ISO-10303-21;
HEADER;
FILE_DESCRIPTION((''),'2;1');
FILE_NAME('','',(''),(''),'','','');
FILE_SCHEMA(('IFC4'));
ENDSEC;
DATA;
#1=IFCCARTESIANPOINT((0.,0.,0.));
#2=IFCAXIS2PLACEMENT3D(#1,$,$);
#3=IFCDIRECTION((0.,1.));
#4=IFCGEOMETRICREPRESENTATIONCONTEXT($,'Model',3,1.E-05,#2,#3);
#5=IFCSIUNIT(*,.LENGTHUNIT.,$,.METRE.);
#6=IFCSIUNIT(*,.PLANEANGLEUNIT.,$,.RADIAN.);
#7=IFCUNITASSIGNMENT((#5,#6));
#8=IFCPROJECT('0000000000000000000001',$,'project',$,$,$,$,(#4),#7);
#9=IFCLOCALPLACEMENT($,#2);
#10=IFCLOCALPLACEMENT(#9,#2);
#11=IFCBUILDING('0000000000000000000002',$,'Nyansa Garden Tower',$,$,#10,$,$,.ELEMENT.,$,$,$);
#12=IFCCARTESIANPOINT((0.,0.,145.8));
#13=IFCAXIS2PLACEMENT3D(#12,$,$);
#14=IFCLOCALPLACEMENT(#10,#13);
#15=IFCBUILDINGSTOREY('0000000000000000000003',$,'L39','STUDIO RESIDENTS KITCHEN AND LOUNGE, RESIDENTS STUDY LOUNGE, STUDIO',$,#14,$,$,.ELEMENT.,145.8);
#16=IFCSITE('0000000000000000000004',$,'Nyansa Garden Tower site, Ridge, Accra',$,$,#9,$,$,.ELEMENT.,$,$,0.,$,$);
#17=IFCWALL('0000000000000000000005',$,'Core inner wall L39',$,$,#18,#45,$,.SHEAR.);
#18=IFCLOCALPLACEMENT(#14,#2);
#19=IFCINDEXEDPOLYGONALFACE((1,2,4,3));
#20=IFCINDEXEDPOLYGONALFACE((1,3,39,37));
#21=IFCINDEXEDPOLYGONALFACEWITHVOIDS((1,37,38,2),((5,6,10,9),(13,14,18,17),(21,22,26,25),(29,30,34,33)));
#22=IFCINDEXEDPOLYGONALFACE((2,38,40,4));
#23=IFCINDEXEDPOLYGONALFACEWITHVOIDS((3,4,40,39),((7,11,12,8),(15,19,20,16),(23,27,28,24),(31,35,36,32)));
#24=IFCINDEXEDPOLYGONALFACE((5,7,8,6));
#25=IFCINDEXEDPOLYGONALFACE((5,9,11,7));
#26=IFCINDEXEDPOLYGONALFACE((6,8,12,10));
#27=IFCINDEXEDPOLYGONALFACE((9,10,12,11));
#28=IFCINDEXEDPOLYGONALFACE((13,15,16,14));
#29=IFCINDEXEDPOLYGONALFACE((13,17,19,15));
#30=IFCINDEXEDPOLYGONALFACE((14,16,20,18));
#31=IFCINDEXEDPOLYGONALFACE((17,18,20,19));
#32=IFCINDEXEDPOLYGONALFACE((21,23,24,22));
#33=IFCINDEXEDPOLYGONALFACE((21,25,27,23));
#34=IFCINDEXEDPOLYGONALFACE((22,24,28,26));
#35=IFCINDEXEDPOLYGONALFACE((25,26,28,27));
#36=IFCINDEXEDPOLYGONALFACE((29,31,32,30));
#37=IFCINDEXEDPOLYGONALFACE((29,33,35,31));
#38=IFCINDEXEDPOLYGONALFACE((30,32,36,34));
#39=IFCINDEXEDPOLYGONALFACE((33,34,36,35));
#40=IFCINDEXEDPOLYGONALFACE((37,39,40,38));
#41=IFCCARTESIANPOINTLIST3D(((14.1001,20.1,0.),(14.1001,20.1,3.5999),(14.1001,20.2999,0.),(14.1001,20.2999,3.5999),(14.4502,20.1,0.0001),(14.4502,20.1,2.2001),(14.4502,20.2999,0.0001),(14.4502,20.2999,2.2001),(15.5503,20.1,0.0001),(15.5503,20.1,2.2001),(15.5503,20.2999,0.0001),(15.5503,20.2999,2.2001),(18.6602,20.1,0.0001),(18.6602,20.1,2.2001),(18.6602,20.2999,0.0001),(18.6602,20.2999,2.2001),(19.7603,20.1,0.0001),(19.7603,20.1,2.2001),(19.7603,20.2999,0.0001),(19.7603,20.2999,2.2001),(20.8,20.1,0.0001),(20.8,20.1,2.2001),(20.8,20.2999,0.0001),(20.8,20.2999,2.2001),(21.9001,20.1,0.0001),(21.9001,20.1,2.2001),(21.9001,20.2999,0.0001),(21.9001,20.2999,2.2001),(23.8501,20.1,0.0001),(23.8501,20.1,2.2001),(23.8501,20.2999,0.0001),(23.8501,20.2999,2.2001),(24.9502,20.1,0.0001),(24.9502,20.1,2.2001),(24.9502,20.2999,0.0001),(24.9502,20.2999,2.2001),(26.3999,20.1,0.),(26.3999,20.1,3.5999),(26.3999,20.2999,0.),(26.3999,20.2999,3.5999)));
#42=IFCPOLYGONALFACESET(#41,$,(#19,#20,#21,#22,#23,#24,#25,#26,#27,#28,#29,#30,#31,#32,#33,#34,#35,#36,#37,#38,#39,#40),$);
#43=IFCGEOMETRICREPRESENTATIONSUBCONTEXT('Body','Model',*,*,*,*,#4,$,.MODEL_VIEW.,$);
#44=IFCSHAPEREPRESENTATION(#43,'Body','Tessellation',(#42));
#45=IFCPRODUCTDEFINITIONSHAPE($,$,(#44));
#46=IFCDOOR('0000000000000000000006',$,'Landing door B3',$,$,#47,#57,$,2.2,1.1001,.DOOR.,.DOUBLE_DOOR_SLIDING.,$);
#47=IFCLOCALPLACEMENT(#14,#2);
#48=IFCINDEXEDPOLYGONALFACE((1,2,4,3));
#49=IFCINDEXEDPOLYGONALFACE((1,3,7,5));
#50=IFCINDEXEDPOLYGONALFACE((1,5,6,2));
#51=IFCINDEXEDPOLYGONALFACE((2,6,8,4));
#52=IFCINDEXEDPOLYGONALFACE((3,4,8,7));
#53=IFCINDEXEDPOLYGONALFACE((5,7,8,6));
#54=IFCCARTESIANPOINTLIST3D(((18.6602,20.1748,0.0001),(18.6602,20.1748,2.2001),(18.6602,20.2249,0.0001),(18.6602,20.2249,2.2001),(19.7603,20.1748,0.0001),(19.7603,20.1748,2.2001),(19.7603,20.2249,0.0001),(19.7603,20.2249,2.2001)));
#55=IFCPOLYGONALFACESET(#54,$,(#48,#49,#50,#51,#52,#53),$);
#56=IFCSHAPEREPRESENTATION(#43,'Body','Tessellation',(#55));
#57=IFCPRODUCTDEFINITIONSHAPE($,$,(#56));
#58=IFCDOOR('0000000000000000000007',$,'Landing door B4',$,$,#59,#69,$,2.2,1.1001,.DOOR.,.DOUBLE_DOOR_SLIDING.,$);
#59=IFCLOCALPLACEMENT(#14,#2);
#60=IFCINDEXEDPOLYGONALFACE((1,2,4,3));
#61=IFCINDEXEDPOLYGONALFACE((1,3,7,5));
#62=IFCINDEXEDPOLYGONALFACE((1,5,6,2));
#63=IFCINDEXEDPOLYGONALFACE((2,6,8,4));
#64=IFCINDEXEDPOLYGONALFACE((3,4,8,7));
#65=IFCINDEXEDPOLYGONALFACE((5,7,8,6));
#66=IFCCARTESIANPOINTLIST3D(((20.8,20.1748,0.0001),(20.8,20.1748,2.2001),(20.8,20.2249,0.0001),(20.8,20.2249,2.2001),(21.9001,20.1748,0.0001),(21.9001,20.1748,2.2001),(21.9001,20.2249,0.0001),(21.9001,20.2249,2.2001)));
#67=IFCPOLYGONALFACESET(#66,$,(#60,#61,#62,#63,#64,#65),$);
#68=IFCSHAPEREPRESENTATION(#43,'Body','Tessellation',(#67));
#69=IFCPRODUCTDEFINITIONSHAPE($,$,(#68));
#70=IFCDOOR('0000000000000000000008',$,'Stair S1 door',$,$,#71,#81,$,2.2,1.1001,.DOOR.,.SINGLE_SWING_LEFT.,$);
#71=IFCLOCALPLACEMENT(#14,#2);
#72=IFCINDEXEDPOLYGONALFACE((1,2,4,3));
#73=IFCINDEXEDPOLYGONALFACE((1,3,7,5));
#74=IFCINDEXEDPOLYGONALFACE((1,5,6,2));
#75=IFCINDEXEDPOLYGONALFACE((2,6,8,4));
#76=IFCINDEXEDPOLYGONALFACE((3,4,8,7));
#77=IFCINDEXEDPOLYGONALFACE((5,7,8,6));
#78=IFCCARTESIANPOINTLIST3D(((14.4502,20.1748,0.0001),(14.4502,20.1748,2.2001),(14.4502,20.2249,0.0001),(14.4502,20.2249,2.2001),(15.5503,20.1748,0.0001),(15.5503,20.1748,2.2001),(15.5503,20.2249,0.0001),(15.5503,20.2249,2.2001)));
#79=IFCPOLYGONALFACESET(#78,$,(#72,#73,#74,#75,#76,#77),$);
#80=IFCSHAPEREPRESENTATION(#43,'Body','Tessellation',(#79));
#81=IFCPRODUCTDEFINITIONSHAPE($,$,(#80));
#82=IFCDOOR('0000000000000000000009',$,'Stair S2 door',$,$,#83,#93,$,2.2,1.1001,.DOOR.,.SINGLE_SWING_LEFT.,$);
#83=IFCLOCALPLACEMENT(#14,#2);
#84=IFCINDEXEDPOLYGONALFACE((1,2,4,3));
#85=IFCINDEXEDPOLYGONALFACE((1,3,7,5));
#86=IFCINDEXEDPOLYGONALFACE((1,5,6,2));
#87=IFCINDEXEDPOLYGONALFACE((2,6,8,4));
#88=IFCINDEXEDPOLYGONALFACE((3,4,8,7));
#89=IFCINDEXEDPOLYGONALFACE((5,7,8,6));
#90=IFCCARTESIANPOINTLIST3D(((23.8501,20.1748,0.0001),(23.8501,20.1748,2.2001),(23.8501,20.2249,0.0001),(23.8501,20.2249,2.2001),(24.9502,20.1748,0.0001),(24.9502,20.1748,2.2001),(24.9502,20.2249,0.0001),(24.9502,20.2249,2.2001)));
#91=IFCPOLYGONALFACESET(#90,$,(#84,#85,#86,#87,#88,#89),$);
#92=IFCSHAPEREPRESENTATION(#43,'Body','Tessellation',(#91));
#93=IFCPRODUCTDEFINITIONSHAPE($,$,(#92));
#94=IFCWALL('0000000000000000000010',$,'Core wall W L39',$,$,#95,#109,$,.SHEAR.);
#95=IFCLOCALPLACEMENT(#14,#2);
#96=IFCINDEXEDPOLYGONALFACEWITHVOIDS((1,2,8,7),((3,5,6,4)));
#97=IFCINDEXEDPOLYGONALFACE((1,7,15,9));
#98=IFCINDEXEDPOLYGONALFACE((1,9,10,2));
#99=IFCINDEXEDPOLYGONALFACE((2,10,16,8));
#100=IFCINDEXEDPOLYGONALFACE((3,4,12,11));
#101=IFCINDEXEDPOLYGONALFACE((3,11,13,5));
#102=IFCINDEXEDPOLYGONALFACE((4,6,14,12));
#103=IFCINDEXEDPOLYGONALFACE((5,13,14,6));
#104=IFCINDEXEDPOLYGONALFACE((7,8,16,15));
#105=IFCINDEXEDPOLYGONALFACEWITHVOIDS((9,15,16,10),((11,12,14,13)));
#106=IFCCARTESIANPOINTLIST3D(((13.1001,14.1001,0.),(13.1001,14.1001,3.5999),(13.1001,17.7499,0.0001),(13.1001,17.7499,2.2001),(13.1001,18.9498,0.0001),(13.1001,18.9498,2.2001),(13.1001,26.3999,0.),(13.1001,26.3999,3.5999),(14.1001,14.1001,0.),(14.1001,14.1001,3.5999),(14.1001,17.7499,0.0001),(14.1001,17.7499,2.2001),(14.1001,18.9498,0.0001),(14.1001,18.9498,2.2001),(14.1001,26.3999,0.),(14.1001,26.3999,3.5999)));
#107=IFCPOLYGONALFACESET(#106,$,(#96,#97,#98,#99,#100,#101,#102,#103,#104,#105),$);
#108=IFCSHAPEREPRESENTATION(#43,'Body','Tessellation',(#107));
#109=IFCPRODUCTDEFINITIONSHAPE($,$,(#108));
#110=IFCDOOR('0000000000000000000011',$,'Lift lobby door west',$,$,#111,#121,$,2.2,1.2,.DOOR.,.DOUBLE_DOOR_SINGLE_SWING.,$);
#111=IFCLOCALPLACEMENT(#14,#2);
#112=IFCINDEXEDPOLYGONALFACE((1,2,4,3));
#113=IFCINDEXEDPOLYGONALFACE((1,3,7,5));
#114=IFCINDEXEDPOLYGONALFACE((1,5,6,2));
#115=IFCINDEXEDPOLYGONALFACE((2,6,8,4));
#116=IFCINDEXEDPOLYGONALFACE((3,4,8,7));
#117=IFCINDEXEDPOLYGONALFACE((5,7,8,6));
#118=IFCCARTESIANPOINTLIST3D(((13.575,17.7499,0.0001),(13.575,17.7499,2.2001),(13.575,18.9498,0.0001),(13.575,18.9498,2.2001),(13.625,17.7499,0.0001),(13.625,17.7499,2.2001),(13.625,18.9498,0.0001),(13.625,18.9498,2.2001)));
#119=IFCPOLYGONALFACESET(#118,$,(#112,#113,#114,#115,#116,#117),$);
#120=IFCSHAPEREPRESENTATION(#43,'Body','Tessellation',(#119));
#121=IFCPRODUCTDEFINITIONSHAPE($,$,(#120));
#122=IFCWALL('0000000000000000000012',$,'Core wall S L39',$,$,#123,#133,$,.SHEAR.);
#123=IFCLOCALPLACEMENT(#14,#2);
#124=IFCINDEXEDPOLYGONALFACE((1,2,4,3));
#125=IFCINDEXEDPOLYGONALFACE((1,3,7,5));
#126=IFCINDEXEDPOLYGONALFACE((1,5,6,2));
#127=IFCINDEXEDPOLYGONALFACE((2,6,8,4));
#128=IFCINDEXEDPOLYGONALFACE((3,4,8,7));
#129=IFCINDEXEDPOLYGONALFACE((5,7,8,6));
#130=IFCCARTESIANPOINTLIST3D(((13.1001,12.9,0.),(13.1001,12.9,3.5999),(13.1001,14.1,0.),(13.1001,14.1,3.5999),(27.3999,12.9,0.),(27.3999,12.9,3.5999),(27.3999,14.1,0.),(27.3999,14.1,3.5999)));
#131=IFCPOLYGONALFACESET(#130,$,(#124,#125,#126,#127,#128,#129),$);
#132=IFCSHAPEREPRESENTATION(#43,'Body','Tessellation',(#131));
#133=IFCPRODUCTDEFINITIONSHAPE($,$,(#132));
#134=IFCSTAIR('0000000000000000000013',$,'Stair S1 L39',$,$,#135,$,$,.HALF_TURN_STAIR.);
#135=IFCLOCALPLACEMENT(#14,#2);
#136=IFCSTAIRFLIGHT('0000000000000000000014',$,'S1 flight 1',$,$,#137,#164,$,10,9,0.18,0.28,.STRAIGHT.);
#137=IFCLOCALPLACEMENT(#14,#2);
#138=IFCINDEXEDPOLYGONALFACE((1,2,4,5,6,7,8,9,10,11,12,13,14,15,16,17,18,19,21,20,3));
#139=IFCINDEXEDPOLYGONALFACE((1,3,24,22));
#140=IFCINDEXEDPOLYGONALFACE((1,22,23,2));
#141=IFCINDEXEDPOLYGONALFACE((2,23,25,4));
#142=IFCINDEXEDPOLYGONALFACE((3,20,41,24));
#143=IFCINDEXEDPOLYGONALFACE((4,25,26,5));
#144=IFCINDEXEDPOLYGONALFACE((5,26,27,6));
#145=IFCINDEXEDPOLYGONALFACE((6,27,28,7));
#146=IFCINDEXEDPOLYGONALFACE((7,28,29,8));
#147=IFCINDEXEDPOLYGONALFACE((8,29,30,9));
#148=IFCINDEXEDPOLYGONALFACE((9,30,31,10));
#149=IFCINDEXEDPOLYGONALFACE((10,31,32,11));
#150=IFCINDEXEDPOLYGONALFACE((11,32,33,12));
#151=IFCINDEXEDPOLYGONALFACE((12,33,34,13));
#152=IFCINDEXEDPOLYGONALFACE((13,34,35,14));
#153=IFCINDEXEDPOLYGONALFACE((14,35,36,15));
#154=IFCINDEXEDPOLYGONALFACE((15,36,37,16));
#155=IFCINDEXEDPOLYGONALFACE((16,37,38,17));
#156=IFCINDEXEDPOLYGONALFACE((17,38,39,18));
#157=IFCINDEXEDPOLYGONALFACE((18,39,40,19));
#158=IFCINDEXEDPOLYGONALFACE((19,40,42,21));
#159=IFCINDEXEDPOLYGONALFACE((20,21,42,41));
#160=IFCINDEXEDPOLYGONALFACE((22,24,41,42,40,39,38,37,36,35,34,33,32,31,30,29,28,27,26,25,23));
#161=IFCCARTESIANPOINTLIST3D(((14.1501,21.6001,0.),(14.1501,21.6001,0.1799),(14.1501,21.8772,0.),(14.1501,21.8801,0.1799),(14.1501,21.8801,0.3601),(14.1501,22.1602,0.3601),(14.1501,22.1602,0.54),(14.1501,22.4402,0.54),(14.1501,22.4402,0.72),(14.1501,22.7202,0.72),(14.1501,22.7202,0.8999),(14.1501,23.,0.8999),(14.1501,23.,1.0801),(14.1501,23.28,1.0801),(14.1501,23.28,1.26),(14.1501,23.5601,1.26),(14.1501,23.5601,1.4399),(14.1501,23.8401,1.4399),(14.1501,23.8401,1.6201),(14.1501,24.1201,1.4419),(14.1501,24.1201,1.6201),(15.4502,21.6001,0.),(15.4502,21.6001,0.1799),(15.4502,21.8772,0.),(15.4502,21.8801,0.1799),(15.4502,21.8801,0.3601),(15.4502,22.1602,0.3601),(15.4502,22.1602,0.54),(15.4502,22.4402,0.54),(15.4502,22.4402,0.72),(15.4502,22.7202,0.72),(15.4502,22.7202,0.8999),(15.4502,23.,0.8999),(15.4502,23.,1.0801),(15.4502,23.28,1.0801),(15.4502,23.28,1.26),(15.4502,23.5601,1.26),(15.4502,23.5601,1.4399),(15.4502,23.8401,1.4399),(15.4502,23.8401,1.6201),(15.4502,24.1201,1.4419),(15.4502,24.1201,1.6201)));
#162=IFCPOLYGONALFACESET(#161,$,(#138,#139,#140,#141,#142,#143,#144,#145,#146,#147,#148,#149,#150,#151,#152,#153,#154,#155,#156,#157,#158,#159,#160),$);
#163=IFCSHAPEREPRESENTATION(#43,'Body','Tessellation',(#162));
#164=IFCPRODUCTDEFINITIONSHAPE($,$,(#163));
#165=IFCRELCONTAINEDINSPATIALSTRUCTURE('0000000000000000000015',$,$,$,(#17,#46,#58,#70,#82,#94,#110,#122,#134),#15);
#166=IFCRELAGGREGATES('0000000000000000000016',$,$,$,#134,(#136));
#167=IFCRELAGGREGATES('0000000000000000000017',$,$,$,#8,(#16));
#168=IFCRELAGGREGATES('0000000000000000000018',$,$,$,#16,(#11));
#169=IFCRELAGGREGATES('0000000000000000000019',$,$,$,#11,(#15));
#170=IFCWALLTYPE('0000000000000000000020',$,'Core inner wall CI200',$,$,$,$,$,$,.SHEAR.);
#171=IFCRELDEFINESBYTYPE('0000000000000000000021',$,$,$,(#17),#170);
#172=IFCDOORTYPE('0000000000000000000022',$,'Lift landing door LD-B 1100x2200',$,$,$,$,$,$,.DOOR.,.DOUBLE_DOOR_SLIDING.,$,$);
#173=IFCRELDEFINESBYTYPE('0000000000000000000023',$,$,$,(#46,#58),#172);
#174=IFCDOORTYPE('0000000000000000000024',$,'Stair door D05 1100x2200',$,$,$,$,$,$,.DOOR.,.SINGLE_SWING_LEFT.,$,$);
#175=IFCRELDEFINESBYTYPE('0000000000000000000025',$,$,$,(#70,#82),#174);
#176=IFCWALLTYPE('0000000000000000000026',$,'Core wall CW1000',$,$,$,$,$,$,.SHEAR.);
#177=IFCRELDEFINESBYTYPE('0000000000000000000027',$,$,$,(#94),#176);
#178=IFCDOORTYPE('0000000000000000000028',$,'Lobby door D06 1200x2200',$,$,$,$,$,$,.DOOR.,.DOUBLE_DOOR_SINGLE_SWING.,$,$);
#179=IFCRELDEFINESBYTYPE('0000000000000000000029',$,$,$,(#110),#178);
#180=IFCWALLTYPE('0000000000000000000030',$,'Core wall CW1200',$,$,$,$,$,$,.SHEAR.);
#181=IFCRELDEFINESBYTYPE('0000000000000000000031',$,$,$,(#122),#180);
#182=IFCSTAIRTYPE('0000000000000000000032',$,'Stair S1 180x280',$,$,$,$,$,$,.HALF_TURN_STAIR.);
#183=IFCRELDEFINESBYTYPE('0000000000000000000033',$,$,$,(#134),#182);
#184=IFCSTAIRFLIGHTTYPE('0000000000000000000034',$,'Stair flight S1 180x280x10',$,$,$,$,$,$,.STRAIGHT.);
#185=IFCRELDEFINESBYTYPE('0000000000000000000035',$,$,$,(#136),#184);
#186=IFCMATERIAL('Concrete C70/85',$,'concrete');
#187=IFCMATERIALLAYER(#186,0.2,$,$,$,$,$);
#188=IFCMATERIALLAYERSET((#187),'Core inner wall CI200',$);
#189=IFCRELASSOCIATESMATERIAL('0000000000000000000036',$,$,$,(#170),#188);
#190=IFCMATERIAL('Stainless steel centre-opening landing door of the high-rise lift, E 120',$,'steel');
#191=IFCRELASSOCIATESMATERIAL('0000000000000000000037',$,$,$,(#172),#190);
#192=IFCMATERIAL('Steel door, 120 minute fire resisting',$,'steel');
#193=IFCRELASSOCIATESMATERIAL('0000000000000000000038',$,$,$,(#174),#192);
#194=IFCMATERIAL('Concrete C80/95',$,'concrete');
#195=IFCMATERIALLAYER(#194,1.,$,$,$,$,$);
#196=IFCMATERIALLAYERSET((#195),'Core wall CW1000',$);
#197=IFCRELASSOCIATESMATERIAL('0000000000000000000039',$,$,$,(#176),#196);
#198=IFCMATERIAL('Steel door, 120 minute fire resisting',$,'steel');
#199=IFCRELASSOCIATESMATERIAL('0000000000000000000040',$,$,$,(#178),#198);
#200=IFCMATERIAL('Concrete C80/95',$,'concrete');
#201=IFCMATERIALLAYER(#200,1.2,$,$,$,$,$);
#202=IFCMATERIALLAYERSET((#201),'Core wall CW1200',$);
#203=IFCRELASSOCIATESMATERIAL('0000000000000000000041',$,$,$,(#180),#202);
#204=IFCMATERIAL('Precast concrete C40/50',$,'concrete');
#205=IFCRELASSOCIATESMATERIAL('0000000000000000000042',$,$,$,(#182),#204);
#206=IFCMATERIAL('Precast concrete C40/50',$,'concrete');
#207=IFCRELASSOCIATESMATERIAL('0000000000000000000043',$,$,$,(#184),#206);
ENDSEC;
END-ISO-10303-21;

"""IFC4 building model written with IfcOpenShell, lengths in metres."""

from ifc_helpers import new_model, si_unit, direction, frame, frame_2d, origin, place, context, subcontext, project, spatial, polyline, rectangle, outline, extrude, material, layer, layer_set, type_object, element, fill, aggregate, save


model = new_model("IFC4")

# Units and contexts
model_context = context("Model", 3, precision=1e-05, world=origin(), true_north=direction((0.0, 1.0)))
body_context = subcontext(model_context, "Body", "Model", "MODEL_VIEW")
ifc_project = project(units=[si_unit("LENGTHUNIT", "METRE"), si_unit("PLANEANGLEUNIT", "RADIAN")], contexts=[model_context])

# Site, building, storey
site_placement = place(None, origin())
site = spatial("IfcSite", under=ifc_project, at=site_placement, Name="Nyansa Garden Tower site, Ridge, Accra", CompositionType="ELEMENT", RefElevation=0.0)
building_placement = place(site_placement, origin())
building = spatial("IfcBuilding", under=site, at=building_placement, Name="Nyansa Garden Tower", CompositionType="ELEMENT")
storey_placement = place(building_placement, frame((0.0, 0.0, 145.8)))
storey = spatial("IfcBuildingStorey", under=building, at=storey_placement, Name="L39", Description="STUDIO RESIDENTS KITCHEN AND LOUNGE, RESIDENTS STUDY LOUNGE, STUDIO", CompositionType="ELEMENT", Elevation=145.8)

# Wall, openings, doors
ifc_material_1 = material(Name="Concrete C70/85", Category="concrete")
ifc_layer_1 = layer(ifc_material_1, 0.2)
ifc_layer_set_1 = layer_set([ifc_layer_1], Name="Core inner wall CI200")
wall_type_1 = type_object("IfcWallType", Name="Core inner wall CI200", PredefinedType="SHEAR", material=ifc_layer_set_1)
ifc_material_2 = material(Name="Stainless steel centre-opening landing door of the high-rise lift, E 120", Category="steel")
door_type_1 = type_object("IfcDoorType", Name="Lift landing door LD-B 1100x2200", OperationType="DOUBLE_DOOR_SLIDING", PredefinedType="DOOR", material=ifc_material_2)
wall_1_placement = place(storey_placement, frame((14.1001, 20.2, 0.0), z_axis=(0.0, 0.0, 1.0), x_axis=(1.0, 0.0, 0.0)))
wall_1 = element("IfcWall", 1, at=wall_1_placement, inside=storey, type_object=wall_type_1, Name="Core inner wall L39", PredefinedType="SHEAR", context=body_context, shape_type="SweptSolid", body=[
    extrude(rectangle(XDim=12.2998, YDim=0.2, at=frame_2d((6.1499, 0.0))), origin(), (0.0, 0.0, 1.0), 3.5999),
])
opening_1_placement = place(wall_1_placement, frame((4.5601, 0.0, 0.0)))
opening_1 = element("IfcOpeningElement", 2, at=opening_1_placement, cuts=wall_1, PredefinedType="OPENING", context=body_context, shape_type="SweptSolid", body=[
    extrude(rectangle(XDim=1.1001, YDim=2.2, at=frame_2d((0.55, 1.1001))), frame((0.0, 0.1099, 0.0), z_axis=(0.0, -1.0, 0.0), x_axis=(1.0, 0.0, 0.0)), (0.0, 0.0, 1.0), 0.22),
])
opening_2_placement = place(wall_1_placement, frame((6.7, 0.0, 0.0)))
opening_2 = element("IfcOpeningElement", 3, at=opening_2_placement, cuts=wall_1, PredefinedType="OPENING", context=body_context, shape_type="SweptSolid", body=[
    extrude(rectangle(XDim=1.1001, YDim=2.2, at=frame_2d((0.55, 1.1001))), frame((0.0, 0.1099, 0.0), z_axis=(0.0, -1.0, 0.0), x_axis=(1.0, 0.0, 0.0)), (0.0, 0.0, 1.0), 0.22),
])
opening_3_placement = place(wall_1_placement, frame((0.3501, 0.0, 0.0)))
opening_3 = element("IfcOpeningElement", 4, at=opening_3_placement, cuts=wall_1, PredefinedType="OPENING", context=body_context, shape_type="SweptSolid", body=[
    extrude(rectangle(XDim=1.1001, YDim=2.2, at=frame_2d((0.55, 1.1001))), frame((0.0, 0.1099, 0.0), z_axis=(0.0, -1.0, 0.0), x_axis=(1.0, 0.0, 0.0)), (0.0, 0.0, 1.0), 0.22),
])
opening_4_placement = place(wall_1_placement, frame((9.75, 0.0, 0.0)))
opening_4 = element("IfcOpeningElement", 5, at=opening_4_placement, cuts=wall_1, PredefinedType="OPENING", context=body_context, shape_type="SweptSolid", body=[
    extrude(rectangle(XDim=1.1001, YDim=2.2, at=frame_2d((0.55, 1.1001))), frame((0.0, 0.1099, 0.0), z_axis=(0.0, -1.0, 0.0), x_axis=(1.0, 0.0, 0.0)), (0.0, 0.0, 1.0), 0.22),
])
door_1_placement = place(opening_1_placement, origin())
door_1 = element("IfcDoor", 6, at=door_1_placement, inside=storey, type_object=door_type_1, Name="Landing door B3", OperationType="DOUBLE_DOOR_SLIDING", OverallHeight=2.2, OverallWidth=1.1001, PredefinedType="DOOR", context=body_context, shape_type="SweptSolid", body=[
    extrude(rectangle(XDim=1.1001, YDim=2.2, at=frame_2d((0.55, 1.1001))), frame((0.0, 0.0249, 0.0), z_axis=(0.0, -1.0, 0.0), x_axis=(1.0, 0.0, 0.0)), (0.0, 0.0, 1.0), 0.05),
])
fill(opening_1, door_1)
door_2_placement = place(opening_2_placement, origin())
door_2 = element("IfcDoor", 7, at=door_2_placement, inside=storey, type_object=door_type_1, Name="Landing door B4", OperationType="DOUBLE_DOOR_SLIDING", OverallHeight=2.2, OverallWidth=1.1001, PredefinedType="DOOR", context=body_context, shape_type="SweptSolid", body=[
    extrude(rectangle(XDim=1.1001, YDim=2.2, at=frame_2d((0.55, 1.1001))), frame((0.0, 0.0249, 0.0), z_axis=(0.0, -1.0, 0.0), x_axis=(1.0, 0.0, 0.0)), (0.0, 0.0, 1.0), 0.05),
])
fill(opening_2, door_2)
ifc_material_3 = material(Name="Steel door, 120 minute fire resisting", Category="steel")
door_type_2 = type_object("IfcDoorType", Name="Stair door D05 1100x2200", OperationType="SINGLE_SWING_LEFT", PredefinedType="DOOR", material=ifc_material_3)
door_3_placement = place(opening_3_placement, origin())
door_3 = element("IfcDoor", 8, at=door_3_placement, inside=storey, type_object=door_type_2, Name="Stair S1 door", OperationType="SINGLE_SWING_LEFT", OverallHeight=2.2, OverallWidth=1.1001, PredefinedType="DOOR", context=body_context, shape_type="SweptSolid", body=[
    extrude(rectangle(XDim=1.1001, YDim=2.2, at=frame_2d((0.55, 1.1001))), frame((0.0, 0.0249, 0.0), z_axis=(0.0, -1.0, 0.0), x_axis=(1.0, 0.0, 0.0)), (0.0, 0.0, 1.0), 0.05),
])
fill(opening_3, door_3)
door_4_placement = place(opening_4_placement, origin())
door_4 = element("IfcDoor", 9, at=door_4_placement, inside=storey, type_object=door_type_2, Name="Stair S2 door", OperationType="SINGLE_SWING_LEFT", OverallHeight=2.2, OverallWidth=1.1001, PredefinedType="DOOR", context=body_context, shape_type="SweptSolid", body=[
    extrude(rectangle(XDim=1.1001, YDim=2.2, at=frame_2d((0.55, 1.1001))), frame((0.0, 0.0249, 0.0), z_axis=(0.0, -1.0, 0.0), x_axis=(1.0, 0.0, 0.0)), (0.0, 0.0, 1.0), 0.05),
])
fill(opening_4, door_4)

# Wall, opening, door
ifc_material_4 = material(Name="Concrete C80/95", Category="concrete")
ifc_layer_2 = layer(ifc_material_4, 1.0)
ifc_layer_set_2 = layer_set([ifc_layer_2], Name="Core wall CW1000")
wall_type_2 = type_object("IfcWallType", Name="Core wall CW1000", PredefinedType="SHEAR", material=ifc_layer_set_2)
wall_2_placement = place(storey_placement, frame((13.6001, 26.3999, 0.0), z_axis=(0.0, 0.0, 1.0), x_axis=(0.0, -1.0, 0.0)))
wall_2 = element("IfcWall", 10, at=wall_2_placement, inside=storey, type_object=wall_type_2, Name="Core wall W L39", PredefinedType="SHEAR", context=body_context, shape_type="SweptSolid", body=[
    extrude(rectangle(XDim=12.2998, YDim=1.0, at=frame_2d((6.1499, 0.0))), origin(), (0.0, 0.0, 1.0), 3.5999),
])
opening_5_placement = place(wall_2_placement, frame((7.45, 0.0, 0.0)))
opening_5 = element("IfcOpeningElement", 11, at=opening_5_placement, cuts=wall_2, PredefinedType="OPENING", context=body_context, shape_type="SweptSolid", body=[
    extrude(rectangle(XDim=1.2, YDim=2.2, at=frame_2d((0.6001, 1.1001))), frame((0.0, 0.51, 0.0), z_axis=(0.0, -1.0, 0.0), x_axis=(1.0, 0.0, 0.0)), (0.0, 0.0, 1.0), 1.02),
])
ifc_material_5 = material(Name="Steel door, 120 minute fire resisting", Category="steel")
door_type_3 = type_object("IfcDoorType", Name="Lobby door D06 1200x2200", OperationType="DOUBLE_DOOR_SINGLE_SWING", PredefinedType="DOOR", material=ifc_material_5)
door_5_placement = place(opening_5_placement, origin())
door_5 = element("IfcDoor", 12, at=door_5_placement, inside=storey, type_object=door_type_3, Name="Lift lobby door west", OperationType="DOUBLE_DOOR_SINGLE_SWING", OverallHeight=2.2, OverallWidth=1.2, PredefinedType="DOOR", context=body_context, shape_type="SweptSolid", body=[
    extrude(rectangle(XDim=1.2, YDim=2.2, at=frame_2d((0.6001, 1.1001))), frame((0.0, 0.0249, 0.0), z_axis=(0.0, -1.0, 0.0), x_axis=(1.0, 0.0, 0.0)), (0.0, 0.0, 1.0), 0.05),
])
fill(opening_5, door_5)

# Wall
ifc_material_6 = material(Name="Concrete C80/95", Category="concrete")
ifc_layer_3 = layer(ifc_material_6, 1.2)
ifc_layer_set_3 = layer_set([ifc_layer_3], Name="Core wall CW1200")
wall_type_3 = type_object("IfcWallType", Name="Core wall CW1200", PredefinedType="SHEAR", material=ifc_layer_set_3)
wall_3_placement = place(storey_placement, frame((13.1001, 13.5, 0.0), z_axis=(0.0, 0.0, 1.0), x_axis=(1.0, 0.0, 0.0)))
element("IfcWall", 13, at=wall_3_placement, inside=storey, type_object=wall_type_3, Name="Core wall S L39", PredefinedType="SHEAR", context=body_context, shape_type="SweptSolid", body=[
    extrude(rectangle(XDim=14.2998, YDim=1.2, at=frame_2d((7.1499, 0.0))), origin(), (0.0, 0.0, 1.0), 3.5999),
])

# Stair, stair flight
ifc_material_7 = material(Name="Precast concrete C40/50", Category="concrete")
stair_type = type_object("IfcStairType", Name="Stair S1 180x280", PredefinedType="HALF_TURN_STAIR", material=ifc_material_7)
stair_placement = place(storey_placement, origin())
stair = element("IfcStair", 14, at=stair_placement, inside=storey, type_object=stair_type, Name="Stair S1 L39", PredefinedType="HALF_TURN_STAIR")
ifc_material_8 = material(Name="Precast concrete C40/50", Category="concrete")
stair_flight_type = type_object("IfcStairFlightType", Name="Stair flight S1 180x280x10", PredefinedType="STRAIGHT", material=ifc_material_8)
stair_flight_placement = place(storey_placement, frame((14.8, 21.6001, 0.0), z_axis=(0.0, 0.0, 1.0), x_axis=(0.0, 1.0, 0.0)))
stair_flight = element("IfcStairFlight", 15, at=stair_flight_placement, type_object=stair_flight_type, Name="S1 flight 1", NumberOfRisers=10, NumberOfTreads=9, PredefinedType="STRAIGHT", RiserHeight=0.18, TreadLength=0.28, context=body_context, shape_type="SweptSolid", body=[
    extrude(outline(polyline([(0.0, 0.0), (0.0, 0.1799), (0.28, 0.1799), (0.28, 0.3601), (0.5601, 0.3601), (0.5601, 0.54), (0.8401, 0.54), (0.8401, 0.72), (1.1201, 0.72), (1.1201, 0.8999), (1.3999, 0.8999), (1.3999, 1.0801), (1.6799, 1.0801), (1.6799, 1.26), (1.96, 1.26), (1.96, 1.4399), (2.24, 1.4399), (2.24, 1.6201), (2.52, 1.6201), (2.52, 1.8), (2.52, 1.4419), (0.2771, 0.0), (0.0, 0.0)])), frame((0.0, 0.6499, 0.0), z_axis=(0.0, -1.0, 0.0), x_axis=(1.0, 0.0, 0.0)), (0.0, 0.0, 1.0), 1.3),
])
aggregate(stair, [stair_flight])

save(model, "model.ifc")
